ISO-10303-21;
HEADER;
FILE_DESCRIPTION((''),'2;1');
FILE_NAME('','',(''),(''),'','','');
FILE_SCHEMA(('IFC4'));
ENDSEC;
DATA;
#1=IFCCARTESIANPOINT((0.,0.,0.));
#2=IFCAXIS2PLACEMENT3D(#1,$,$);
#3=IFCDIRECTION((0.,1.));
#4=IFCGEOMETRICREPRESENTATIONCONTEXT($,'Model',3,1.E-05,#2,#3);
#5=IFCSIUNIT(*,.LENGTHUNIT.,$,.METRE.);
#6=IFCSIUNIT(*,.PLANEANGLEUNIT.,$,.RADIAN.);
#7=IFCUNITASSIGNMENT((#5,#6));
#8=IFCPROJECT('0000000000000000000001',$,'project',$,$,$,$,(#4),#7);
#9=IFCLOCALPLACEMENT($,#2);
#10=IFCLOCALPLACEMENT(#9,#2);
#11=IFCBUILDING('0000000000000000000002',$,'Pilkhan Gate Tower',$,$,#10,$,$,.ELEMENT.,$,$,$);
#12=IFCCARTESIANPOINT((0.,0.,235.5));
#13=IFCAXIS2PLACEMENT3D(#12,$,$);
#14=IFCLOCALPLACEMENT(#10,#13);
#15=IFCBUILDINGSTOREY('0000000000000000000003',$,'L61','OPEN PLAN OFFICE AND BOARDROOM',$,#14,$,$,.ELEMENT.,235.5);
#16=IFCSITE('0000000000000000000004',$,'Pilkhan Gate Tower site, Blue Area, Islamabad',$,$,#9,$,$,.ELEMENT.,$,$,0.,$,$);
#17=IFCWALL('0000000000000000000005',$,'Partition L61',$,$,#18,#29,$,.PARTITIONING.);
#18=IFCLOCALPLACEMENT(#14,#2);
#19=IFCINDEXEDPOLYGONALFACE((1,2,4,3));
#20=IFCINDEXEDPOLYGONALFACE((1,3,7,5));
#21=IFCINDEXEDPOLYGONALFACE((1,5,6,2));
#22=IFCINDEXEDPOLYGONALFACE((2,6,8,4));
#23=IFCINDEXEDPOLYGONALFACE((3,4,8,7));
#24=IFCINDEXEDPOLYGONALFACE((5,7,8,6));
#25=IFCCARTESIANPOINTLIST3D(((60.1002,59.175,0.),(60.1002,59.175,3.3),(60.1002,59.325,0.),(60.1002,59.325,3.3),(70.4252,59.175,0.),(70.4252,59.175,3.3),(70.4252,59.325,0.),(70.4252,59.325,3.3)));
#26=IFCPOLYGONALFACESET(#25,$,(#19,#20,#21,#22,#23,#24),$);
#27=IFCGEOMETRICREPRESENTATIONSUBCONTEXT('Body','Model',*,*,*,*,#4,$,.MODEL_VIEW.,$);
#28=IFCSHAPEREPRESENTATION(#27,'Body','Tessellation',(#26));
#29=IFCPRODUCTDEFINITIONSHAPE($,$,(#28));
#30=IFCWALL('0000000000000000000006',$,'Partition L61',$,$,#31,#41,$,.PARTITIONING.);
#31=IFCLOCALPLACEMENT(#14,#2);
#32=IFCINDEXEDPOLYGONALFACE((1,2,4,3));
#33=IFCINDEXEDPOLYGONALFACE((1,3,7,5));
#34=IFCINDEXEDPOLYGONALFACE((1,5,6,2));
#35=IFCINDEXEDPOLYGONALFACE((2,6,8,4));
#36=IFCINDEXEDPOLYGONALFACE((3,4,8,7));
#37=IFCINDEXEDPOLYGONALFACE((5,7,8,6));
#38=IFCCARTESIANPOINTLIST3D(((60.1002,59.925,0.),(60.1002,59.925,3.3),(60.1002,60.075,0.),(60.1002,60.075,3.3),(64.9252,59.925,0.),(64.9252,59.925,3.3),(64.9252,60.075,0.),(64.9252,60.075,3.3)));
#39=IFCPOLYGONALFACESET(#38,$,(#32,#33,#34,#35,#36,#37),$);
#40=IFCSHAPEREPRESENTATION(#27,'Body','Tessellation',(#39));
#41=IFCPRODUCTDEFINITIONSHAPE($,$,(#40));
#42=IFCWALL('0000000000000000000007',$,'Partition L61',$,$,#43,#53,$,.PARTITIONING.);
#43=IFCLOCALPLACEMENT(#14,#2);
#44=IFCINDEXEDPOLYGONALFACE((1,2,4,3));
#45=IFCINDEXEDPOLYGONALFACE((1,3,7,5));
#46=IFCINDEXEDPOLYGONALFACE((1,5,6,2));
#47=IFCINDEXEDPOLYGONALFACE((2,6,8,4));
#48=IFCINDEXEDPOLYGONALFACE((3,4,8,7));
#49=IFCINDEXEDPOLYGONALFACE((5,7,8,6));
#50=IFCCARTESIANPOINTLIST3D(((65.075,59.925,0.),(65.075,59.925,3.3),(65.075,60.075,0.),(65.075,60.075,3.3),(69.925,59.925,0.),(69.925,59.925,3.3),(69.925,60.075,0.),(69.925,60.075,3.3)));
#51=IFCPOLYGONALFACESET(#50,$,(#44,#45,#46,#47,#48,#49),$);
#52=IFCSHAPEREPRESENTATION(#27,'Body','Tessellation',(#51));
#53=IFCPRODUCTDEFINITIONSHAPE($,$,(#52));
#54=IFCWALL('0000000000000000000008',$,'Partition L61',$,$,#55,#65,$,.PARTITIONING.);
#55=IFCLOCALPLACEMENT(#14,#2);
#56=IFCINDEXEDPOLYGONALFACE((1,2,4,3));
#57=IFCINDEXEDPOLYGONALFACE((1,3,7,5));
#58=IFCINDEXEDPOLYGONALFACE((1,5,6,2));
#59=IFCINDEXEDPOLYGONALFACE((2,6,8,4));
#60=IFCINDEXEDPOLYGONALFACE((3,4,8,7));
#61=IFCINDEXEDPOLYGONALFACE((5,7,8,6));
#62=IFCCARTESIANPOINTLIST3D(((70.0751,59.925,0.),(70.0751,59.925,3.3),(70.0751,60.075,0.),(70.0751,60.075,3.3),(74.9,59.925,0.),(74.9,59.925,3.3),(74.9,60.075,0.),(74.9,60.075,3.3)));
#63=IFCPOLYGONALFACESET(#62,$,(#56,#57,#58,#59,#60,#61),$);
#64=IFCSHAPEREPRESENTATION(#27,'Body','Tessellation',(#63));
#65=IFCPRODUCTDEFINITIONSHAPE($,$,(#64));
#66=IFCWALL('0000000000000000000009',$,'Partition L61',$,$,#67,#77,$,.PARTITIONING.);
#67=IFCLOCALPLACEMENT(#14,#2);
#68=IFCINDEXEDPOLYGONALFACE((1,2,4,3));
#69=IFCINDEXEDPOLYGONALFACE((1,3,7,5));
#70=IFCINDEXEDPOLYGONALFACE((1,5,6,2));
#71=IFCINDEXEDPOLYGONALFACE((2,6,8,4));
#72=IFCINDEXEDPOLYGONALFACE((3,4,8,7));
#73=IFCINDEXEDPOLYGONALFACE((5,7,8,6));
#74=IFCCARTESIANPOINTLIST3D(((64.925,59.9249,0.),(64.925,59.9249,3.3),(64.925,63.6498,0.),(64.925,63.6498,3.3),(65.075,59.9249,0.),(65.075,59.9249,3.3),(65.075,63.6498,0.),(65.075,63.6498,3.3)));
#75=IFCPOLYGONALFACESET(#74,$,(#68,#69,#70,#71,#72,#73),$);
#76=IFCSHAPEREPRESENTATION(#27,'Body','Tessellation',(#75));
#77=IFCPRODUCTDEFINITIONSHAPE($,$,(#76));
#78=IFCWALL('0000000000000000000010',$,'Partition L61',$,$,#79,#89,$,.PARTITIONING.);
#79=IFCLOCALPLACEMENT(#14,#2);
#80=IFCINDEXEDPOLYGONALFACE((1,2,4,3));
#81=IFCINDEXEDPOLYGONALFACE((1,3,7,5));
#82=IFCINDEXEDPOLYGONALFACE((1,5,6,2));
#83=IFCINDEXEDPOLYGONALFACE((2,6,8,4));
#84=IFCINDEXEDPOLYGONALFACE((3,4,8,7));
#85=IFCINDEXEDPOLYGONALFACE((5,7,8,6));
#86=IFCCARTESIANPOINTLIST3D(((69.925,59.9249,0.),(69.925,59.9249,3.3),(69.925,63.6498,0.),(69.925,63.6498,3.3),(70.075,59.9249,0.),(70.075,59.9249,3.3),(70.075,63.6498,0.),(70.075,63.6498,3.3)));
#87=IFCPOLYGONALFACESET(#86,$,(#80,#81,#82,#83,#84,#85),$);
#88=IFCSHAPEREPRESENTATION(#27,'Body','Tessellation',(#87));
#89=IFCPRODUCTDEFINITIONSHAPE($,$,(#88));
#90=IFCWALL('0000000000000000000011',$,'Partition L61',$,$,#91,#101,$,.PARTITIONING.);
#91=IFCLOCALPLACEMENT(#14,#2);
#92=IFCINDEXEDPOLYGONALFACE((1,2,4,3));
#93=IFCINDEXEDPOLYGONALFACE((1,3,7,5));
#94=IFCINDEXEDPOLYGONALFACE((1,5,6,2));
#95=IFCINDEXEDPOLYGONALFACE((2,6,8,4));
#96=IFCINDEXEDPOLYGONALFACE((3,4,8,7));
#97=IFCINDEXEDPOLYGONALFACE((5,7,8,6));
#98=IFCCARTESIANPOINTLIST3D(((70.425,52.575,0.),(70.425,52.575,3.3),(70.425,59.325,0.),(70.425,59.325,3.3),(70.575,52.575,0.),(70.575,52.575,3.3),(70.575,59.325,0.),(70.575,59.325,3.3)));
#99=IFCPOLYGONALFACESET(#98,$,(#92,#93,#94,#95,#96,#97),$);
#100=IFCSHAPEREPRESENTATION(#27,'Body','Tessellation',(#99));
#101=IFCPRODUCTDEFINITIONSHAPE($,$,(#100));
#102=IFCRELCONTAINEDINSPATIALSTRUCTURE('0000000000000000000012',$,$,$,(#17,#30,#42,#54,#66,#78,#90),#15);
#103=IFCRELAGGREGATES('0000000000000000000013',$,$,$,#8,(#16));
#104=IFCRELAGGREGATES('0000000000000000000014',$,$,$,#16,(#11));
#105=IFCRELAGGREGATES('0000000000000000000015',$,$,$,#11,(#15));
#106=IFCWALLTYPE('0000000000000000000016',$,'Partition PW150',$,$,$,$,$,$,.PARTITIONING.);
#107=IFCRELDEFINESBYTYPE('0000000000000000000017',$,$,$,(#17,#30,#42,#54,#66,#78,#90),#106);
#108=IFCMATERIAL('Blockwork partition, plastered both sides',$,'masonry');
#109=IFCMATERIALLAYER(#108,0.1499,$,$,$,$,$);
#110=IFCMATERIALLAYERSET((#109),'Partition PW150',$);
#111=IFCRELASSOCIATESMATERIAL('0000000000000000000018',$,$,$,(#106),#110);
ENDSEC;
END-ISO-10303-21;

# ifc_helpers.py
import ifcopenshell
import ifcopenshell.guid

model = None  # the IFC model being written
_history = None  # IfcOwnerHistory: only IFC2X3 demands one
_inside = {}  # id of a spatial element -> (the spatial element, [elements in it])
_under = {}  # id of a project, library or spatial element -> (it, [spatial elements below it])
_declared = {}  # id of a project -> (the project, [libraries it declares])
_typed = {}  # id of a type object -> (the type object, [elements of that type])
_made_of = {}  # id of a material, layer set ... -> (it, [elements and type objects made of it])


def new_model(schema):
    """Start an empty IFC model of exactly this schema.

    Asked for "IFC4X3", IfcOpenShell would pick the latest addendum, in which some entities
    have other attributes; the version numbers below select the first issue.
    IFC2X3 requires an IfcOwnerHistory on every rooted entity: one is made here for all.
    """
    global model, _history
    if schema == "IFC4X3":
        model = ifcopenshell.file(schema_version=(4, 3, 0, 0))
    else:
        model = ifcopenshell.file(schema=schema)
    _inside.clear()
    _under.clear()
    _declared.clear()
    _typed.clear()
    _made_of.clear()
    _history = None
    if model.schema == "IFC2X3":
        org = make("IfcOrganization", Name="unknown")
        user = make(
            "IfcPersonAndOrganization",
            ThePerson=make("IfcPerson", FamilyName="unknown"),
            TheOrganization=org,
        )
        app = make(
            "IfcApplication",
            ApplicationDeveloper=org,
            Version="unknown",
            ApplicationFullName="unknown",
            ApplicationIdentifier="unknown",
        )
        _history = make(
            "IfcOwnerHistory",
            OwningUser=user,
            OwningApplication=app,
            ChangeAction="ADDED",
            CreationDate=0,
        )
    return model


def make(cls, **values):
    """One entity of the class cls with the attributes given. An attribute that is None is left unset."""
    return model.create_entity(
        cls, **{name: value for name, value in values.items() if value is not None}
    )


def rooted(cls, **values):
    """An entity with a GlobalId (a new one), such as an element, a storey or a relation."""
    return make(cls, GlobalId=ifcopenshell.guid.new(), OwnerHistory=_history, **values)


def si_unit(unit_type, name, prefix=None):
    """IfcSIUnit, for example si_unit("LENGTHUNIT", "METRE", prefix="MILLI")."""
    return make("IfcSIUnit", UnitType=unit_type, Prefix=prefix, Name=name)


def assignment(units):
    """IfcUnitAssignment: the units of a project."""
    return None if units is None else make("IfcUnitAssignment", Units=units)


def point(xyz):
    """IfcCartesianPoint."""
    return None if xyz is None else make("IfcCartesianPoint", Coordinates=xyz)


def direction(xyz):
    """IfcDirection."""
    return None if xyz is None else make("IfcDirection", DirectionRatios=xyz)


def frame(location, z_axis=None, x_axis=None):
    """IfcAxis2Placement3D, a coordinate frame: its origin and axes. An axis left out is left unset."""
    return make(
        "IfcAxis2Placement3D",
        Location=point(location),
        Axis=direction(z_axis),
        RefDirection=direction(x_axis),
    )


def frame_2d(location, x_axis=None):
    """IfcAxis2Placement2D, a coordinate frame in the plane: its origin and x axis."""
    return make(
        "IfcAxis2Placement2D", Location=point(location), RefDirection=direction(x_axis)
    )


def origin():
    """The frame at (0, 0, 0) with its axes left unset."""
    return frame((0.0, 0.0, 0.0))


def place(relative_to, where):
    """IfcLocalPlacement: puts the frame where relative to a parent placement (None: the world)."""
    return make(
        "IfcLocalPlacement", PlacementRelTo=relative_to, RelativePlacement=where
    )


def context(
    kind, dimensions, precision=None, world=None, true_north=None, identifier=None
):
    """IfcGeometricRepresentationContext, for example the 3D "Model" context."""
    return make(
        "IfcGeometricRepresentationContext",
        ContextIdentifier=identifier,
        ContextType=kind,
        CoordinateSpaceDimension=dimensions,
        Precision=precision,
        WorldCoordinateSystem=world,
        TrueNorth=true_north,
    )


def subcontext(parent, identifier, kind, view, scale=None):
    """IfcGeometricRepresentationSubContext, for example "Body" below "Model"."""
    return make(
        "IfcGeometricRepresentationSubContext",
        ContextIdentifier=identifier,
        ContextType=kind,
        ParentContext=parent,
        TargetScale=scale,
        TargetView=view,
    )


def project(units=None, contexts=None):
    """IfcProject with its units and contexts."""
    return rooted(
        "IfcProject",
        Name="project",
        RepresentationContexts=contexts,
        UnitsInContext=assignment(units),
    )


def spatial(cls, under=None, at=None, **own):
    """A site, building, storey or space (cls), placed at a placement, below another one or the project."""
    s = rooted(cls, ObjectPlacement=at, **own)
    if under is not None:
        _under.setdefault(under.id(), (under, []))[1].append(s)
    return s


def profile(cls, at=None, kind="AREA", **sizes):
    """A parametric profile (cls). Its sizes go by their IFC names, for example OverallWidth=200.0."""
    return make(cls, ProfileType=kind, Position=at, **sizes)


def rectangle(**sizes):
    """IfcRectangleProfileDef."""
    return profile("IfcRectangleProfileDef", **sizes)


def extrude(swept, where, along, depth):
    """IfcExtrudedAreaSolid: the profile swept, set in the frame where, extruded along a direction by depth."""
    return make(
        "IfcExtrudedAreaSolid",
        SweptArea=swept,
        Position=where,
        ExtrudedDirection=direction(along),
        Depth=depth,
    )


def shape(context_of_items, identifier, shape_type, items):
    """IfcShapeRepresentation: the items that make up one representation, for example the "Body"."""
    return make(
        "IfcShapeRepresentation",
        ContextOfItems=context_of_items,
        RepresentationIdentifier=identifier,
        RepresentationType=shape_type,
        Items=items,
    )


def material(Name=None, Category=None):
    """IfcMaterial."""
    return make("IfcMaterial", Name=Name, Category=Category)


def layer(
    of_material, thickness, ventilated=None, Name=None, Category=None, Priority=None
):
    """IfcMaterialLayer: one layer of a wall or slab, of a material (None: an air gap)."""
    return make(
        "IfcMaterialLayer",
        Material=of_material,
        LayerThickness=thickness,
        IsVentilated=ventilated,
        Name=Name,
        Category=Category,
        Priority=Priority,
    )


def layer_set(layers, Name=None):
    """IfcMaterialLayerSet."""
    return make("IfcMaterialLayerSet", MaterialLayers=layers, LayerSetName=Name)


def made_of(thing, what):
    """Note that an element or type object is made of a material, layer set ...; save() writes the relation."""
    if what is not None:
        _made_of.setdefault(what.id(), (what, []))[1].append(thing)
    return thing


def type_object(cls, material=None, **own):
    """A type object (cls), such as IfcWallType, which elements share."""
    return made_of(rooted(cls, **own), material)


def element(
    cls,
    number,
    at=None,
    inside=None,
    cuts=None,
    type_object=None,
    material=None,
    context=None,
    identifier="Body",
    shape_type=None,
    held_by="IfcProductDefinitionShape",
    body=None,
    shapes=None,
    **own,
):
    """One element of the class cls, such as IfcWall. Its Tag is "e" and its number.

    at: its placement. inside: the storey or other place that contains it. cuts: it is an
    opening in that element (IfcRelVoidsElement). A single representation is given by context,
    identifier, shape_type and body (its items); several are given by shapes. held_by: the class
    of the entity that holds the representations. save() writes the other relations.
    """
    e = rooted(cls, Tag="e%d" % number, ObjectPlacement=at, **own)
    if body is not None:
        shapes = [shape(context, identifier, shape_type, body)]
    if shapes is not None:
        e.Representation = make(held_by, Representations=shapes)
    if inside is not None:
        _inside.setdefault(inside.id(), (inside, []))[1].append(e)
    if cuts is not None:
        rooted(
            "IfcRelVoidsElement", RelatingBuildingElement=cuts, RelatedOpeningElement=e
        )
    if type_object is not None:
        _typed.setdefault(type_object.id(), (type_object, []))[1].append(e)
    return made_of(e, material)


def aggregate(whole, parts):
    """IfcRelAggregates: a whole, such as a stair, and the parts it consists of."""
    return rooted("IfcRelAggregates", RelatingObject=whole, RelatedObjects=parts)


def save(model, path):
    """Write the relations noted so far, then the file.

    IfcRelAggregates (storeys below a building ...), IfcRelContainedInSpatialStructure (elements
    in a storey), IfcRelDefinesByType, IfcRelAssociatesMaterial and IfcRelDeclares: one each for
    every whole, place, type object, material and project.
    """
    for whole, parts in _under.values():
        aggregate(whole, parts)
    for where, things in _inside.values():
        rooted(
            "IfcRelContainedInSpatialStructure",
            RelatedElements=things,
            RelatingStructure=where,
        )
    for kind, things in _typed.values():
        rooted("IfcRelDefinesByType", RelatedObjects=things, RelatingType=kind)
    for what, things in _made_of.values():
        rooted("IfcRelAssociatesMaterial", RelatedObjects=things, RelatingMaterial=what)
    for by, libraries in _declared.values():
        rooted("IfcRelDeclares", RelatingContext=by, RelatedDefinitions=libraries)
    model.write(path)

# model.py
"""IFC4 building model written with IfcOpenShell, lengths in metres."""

from ifc_helpers import new_model, si_unit, direction, frame, frame_2d, origin, place, context, subcontext, project, spatial, rectangle, extrude, material, layer, layer_set, type_object, element, save


model = new_model("IFC4")

# Units and contexts
model_context = context("Model", 3, precision=1e-05, world=origin(), true_north=direction((0.0, 1.0)))
body_context = subcontext(model_context, "Body", "Model", "MODEL_VIEW")
ifc_project = project(units=[si_unit("LENGTHUNIT", "METRE"), si_unit("PLANEANGLEUNIT", "RADIAN")], contexts=[model_context])

# Site, building, storey
site_placement = place(None, origin())
site = spatial("IfcSite", under=ifc_project, at=site_placement, Name="Pilkhan Gate Tower site, Blue Area, Islamabad", CompositionType="ELEMENT", RefElevation=0.0)
building_placement = place(site_placement, origin())
building = spatial("IfcBuilding", under=site, at=building_placement, Name="Pilkhan Gate Tower", CompositionType="ELEMENT")
storey_placement = place(building_placement, frame((0.0, 0.0, 235.5)))
storey = spatial("IfcBuildingStorey", under=building, at=storey_placement, Name="L61", Description="OPEN PLAN OFFICE AND BOARDROOM", CompositionType="ELEMENT", Elevation=235.5)

# Walls
ifc_material_1 = material(Name="Blockwork partition, plastered both sides", Category="masonry")
ifc_layer_1 = layer(ifc_material_1, 0.1499)
ifc_layer_set_1 = layer_set([ifc_layer_1], Name="Partition PW150")
wall_type_1 = type_object("IfcWallType", Name="Partition PW150", PredefinedType="PARTITIONING", material=ifc_layer_set_1)
wall_1_placement = place(storey_placement, frame((60.1001, 59.25, 0.0), z_axis=(0.0, 0.0, 1.0), x_axis=(1.0, 0.0, 0.0)))
element("IfcWall", 1, at=wall_1_placement, inside=storey, type_object=wall_type_1, Name="Partition L61", PredefinedType="PARTITIONING", context=body_context, shape_type="SweptSolid", body=[
    extrude(rectangle(XDim=10.325, YDim=0.1499, at=frame_2d((5.1626, 0.0))), origin(), (0.0, 0.0, 1.0), 3.3),
])
wall_2_placement = place(storey_placement, frame((60.1001, 60.0, 0.0), z_axis=(0.0, 0.0, 1.0), x_axis=(1.0, 0.0, 0.0)))
element("IfcWall", 2, at=wall_2_placement, inside=storey, type_object=wall_type_1, Name="Partition L61", PredefinedType="PARTITIONING", context=body_context, shape_type="SweptSolid", body=[
    extrude(rectangle(XDim=4.825, YDim=0.1499, at=frame_2d((2.4126, 0.0))), origin(), (0.0, 0.0, 1.0), 3.3),
])
wall_3_placement = place(storey_placement, frame((65.075, 60.0, 0.0), z_axis=(0.0, 0.0, 1.0), x_axis=(1.0, 0.0, 0.0)))
element("IfcWall", 3, at=wall_3_placement, inside=storey, type_object=wall_type_1, Name="Partition L61", PredefinedType="PARTITIONING", context=body_context, shape_type="SweptSolid", body=[
    extrude(rectangle(XDim=4.8501, YDim=0.1499, at=frame_2d((2.425, 0.0))), origin(), (0.0, 0.0, 1.0), 3.3),
])
wall_4_placement = place(storey_placement, frame((70.075, 60.0, 0.0), z_axis=(0.0, 0.0, 1.0), x_axis=(1.0, 0.0, 0.0)))
element("IfcWall", 4, at=wall_4_placement, inside=storey, type_object=wall_type_1, Name="Partition L61", PredefinedType="PARTITIONING", context=body_context, shape_type="SweptSolid", body=[
    extrude(rectangle(XDim=4.825, YDim=0.1499, at=frame_2d((2.4126, 0.0))), origin(), (0.0, 0.0, 1.0), 3.3),
])
for number, where, z_axis, x_axis, name in (
    (5, (65.0, 59.925, 0.0), (0.0, 0.0, 1.0), (0.0, 1.0, 0.0), "Partition L61"),
    (6, (70.0, 59.925, 0.0), (0.0, 0.0, 1.0), (0.0, 1.0, 0.0), "Partition L61"),
):
    element("IfcWall", number, at=place(storey_placement, frame(where, z_axis=z_axis, x_axis=x_axis)), inside=storey, type_object=wall_type_1, Name=name, PredefinedType="PARTITIONING", context=body_context, shape_type="SweptSolid", body=[
        extrude(rectangle(XDim=3.7249, YDim=0.1499, at=frame_2d((1.8623, 0.0))), origin(), (0.0, 0.0, 1.0), 3.3),
    ])
wall_5_placement = place(storey_placement, frame((70.5, 52.575, 0.0), z_axis=(0.0, 0.0, 1.0), x_axis=(0.0, 1.0, 0.0)))
element("IfcWall", 7, at=wall_5_placement, inside=storey, type_object=wall_type_1, Name="Partition L61", PredefinedType="PARTITIONING", context=body_context, shape_type="SweptSolid", body=[
    extrude(rectangle(XDim=6.75, YDim=0.1499, at=frame_2d((3.375, 0.0))), origin(), (0.0, 0.0, 1.0), 3.3),
])

save(model, "model.ifc")
